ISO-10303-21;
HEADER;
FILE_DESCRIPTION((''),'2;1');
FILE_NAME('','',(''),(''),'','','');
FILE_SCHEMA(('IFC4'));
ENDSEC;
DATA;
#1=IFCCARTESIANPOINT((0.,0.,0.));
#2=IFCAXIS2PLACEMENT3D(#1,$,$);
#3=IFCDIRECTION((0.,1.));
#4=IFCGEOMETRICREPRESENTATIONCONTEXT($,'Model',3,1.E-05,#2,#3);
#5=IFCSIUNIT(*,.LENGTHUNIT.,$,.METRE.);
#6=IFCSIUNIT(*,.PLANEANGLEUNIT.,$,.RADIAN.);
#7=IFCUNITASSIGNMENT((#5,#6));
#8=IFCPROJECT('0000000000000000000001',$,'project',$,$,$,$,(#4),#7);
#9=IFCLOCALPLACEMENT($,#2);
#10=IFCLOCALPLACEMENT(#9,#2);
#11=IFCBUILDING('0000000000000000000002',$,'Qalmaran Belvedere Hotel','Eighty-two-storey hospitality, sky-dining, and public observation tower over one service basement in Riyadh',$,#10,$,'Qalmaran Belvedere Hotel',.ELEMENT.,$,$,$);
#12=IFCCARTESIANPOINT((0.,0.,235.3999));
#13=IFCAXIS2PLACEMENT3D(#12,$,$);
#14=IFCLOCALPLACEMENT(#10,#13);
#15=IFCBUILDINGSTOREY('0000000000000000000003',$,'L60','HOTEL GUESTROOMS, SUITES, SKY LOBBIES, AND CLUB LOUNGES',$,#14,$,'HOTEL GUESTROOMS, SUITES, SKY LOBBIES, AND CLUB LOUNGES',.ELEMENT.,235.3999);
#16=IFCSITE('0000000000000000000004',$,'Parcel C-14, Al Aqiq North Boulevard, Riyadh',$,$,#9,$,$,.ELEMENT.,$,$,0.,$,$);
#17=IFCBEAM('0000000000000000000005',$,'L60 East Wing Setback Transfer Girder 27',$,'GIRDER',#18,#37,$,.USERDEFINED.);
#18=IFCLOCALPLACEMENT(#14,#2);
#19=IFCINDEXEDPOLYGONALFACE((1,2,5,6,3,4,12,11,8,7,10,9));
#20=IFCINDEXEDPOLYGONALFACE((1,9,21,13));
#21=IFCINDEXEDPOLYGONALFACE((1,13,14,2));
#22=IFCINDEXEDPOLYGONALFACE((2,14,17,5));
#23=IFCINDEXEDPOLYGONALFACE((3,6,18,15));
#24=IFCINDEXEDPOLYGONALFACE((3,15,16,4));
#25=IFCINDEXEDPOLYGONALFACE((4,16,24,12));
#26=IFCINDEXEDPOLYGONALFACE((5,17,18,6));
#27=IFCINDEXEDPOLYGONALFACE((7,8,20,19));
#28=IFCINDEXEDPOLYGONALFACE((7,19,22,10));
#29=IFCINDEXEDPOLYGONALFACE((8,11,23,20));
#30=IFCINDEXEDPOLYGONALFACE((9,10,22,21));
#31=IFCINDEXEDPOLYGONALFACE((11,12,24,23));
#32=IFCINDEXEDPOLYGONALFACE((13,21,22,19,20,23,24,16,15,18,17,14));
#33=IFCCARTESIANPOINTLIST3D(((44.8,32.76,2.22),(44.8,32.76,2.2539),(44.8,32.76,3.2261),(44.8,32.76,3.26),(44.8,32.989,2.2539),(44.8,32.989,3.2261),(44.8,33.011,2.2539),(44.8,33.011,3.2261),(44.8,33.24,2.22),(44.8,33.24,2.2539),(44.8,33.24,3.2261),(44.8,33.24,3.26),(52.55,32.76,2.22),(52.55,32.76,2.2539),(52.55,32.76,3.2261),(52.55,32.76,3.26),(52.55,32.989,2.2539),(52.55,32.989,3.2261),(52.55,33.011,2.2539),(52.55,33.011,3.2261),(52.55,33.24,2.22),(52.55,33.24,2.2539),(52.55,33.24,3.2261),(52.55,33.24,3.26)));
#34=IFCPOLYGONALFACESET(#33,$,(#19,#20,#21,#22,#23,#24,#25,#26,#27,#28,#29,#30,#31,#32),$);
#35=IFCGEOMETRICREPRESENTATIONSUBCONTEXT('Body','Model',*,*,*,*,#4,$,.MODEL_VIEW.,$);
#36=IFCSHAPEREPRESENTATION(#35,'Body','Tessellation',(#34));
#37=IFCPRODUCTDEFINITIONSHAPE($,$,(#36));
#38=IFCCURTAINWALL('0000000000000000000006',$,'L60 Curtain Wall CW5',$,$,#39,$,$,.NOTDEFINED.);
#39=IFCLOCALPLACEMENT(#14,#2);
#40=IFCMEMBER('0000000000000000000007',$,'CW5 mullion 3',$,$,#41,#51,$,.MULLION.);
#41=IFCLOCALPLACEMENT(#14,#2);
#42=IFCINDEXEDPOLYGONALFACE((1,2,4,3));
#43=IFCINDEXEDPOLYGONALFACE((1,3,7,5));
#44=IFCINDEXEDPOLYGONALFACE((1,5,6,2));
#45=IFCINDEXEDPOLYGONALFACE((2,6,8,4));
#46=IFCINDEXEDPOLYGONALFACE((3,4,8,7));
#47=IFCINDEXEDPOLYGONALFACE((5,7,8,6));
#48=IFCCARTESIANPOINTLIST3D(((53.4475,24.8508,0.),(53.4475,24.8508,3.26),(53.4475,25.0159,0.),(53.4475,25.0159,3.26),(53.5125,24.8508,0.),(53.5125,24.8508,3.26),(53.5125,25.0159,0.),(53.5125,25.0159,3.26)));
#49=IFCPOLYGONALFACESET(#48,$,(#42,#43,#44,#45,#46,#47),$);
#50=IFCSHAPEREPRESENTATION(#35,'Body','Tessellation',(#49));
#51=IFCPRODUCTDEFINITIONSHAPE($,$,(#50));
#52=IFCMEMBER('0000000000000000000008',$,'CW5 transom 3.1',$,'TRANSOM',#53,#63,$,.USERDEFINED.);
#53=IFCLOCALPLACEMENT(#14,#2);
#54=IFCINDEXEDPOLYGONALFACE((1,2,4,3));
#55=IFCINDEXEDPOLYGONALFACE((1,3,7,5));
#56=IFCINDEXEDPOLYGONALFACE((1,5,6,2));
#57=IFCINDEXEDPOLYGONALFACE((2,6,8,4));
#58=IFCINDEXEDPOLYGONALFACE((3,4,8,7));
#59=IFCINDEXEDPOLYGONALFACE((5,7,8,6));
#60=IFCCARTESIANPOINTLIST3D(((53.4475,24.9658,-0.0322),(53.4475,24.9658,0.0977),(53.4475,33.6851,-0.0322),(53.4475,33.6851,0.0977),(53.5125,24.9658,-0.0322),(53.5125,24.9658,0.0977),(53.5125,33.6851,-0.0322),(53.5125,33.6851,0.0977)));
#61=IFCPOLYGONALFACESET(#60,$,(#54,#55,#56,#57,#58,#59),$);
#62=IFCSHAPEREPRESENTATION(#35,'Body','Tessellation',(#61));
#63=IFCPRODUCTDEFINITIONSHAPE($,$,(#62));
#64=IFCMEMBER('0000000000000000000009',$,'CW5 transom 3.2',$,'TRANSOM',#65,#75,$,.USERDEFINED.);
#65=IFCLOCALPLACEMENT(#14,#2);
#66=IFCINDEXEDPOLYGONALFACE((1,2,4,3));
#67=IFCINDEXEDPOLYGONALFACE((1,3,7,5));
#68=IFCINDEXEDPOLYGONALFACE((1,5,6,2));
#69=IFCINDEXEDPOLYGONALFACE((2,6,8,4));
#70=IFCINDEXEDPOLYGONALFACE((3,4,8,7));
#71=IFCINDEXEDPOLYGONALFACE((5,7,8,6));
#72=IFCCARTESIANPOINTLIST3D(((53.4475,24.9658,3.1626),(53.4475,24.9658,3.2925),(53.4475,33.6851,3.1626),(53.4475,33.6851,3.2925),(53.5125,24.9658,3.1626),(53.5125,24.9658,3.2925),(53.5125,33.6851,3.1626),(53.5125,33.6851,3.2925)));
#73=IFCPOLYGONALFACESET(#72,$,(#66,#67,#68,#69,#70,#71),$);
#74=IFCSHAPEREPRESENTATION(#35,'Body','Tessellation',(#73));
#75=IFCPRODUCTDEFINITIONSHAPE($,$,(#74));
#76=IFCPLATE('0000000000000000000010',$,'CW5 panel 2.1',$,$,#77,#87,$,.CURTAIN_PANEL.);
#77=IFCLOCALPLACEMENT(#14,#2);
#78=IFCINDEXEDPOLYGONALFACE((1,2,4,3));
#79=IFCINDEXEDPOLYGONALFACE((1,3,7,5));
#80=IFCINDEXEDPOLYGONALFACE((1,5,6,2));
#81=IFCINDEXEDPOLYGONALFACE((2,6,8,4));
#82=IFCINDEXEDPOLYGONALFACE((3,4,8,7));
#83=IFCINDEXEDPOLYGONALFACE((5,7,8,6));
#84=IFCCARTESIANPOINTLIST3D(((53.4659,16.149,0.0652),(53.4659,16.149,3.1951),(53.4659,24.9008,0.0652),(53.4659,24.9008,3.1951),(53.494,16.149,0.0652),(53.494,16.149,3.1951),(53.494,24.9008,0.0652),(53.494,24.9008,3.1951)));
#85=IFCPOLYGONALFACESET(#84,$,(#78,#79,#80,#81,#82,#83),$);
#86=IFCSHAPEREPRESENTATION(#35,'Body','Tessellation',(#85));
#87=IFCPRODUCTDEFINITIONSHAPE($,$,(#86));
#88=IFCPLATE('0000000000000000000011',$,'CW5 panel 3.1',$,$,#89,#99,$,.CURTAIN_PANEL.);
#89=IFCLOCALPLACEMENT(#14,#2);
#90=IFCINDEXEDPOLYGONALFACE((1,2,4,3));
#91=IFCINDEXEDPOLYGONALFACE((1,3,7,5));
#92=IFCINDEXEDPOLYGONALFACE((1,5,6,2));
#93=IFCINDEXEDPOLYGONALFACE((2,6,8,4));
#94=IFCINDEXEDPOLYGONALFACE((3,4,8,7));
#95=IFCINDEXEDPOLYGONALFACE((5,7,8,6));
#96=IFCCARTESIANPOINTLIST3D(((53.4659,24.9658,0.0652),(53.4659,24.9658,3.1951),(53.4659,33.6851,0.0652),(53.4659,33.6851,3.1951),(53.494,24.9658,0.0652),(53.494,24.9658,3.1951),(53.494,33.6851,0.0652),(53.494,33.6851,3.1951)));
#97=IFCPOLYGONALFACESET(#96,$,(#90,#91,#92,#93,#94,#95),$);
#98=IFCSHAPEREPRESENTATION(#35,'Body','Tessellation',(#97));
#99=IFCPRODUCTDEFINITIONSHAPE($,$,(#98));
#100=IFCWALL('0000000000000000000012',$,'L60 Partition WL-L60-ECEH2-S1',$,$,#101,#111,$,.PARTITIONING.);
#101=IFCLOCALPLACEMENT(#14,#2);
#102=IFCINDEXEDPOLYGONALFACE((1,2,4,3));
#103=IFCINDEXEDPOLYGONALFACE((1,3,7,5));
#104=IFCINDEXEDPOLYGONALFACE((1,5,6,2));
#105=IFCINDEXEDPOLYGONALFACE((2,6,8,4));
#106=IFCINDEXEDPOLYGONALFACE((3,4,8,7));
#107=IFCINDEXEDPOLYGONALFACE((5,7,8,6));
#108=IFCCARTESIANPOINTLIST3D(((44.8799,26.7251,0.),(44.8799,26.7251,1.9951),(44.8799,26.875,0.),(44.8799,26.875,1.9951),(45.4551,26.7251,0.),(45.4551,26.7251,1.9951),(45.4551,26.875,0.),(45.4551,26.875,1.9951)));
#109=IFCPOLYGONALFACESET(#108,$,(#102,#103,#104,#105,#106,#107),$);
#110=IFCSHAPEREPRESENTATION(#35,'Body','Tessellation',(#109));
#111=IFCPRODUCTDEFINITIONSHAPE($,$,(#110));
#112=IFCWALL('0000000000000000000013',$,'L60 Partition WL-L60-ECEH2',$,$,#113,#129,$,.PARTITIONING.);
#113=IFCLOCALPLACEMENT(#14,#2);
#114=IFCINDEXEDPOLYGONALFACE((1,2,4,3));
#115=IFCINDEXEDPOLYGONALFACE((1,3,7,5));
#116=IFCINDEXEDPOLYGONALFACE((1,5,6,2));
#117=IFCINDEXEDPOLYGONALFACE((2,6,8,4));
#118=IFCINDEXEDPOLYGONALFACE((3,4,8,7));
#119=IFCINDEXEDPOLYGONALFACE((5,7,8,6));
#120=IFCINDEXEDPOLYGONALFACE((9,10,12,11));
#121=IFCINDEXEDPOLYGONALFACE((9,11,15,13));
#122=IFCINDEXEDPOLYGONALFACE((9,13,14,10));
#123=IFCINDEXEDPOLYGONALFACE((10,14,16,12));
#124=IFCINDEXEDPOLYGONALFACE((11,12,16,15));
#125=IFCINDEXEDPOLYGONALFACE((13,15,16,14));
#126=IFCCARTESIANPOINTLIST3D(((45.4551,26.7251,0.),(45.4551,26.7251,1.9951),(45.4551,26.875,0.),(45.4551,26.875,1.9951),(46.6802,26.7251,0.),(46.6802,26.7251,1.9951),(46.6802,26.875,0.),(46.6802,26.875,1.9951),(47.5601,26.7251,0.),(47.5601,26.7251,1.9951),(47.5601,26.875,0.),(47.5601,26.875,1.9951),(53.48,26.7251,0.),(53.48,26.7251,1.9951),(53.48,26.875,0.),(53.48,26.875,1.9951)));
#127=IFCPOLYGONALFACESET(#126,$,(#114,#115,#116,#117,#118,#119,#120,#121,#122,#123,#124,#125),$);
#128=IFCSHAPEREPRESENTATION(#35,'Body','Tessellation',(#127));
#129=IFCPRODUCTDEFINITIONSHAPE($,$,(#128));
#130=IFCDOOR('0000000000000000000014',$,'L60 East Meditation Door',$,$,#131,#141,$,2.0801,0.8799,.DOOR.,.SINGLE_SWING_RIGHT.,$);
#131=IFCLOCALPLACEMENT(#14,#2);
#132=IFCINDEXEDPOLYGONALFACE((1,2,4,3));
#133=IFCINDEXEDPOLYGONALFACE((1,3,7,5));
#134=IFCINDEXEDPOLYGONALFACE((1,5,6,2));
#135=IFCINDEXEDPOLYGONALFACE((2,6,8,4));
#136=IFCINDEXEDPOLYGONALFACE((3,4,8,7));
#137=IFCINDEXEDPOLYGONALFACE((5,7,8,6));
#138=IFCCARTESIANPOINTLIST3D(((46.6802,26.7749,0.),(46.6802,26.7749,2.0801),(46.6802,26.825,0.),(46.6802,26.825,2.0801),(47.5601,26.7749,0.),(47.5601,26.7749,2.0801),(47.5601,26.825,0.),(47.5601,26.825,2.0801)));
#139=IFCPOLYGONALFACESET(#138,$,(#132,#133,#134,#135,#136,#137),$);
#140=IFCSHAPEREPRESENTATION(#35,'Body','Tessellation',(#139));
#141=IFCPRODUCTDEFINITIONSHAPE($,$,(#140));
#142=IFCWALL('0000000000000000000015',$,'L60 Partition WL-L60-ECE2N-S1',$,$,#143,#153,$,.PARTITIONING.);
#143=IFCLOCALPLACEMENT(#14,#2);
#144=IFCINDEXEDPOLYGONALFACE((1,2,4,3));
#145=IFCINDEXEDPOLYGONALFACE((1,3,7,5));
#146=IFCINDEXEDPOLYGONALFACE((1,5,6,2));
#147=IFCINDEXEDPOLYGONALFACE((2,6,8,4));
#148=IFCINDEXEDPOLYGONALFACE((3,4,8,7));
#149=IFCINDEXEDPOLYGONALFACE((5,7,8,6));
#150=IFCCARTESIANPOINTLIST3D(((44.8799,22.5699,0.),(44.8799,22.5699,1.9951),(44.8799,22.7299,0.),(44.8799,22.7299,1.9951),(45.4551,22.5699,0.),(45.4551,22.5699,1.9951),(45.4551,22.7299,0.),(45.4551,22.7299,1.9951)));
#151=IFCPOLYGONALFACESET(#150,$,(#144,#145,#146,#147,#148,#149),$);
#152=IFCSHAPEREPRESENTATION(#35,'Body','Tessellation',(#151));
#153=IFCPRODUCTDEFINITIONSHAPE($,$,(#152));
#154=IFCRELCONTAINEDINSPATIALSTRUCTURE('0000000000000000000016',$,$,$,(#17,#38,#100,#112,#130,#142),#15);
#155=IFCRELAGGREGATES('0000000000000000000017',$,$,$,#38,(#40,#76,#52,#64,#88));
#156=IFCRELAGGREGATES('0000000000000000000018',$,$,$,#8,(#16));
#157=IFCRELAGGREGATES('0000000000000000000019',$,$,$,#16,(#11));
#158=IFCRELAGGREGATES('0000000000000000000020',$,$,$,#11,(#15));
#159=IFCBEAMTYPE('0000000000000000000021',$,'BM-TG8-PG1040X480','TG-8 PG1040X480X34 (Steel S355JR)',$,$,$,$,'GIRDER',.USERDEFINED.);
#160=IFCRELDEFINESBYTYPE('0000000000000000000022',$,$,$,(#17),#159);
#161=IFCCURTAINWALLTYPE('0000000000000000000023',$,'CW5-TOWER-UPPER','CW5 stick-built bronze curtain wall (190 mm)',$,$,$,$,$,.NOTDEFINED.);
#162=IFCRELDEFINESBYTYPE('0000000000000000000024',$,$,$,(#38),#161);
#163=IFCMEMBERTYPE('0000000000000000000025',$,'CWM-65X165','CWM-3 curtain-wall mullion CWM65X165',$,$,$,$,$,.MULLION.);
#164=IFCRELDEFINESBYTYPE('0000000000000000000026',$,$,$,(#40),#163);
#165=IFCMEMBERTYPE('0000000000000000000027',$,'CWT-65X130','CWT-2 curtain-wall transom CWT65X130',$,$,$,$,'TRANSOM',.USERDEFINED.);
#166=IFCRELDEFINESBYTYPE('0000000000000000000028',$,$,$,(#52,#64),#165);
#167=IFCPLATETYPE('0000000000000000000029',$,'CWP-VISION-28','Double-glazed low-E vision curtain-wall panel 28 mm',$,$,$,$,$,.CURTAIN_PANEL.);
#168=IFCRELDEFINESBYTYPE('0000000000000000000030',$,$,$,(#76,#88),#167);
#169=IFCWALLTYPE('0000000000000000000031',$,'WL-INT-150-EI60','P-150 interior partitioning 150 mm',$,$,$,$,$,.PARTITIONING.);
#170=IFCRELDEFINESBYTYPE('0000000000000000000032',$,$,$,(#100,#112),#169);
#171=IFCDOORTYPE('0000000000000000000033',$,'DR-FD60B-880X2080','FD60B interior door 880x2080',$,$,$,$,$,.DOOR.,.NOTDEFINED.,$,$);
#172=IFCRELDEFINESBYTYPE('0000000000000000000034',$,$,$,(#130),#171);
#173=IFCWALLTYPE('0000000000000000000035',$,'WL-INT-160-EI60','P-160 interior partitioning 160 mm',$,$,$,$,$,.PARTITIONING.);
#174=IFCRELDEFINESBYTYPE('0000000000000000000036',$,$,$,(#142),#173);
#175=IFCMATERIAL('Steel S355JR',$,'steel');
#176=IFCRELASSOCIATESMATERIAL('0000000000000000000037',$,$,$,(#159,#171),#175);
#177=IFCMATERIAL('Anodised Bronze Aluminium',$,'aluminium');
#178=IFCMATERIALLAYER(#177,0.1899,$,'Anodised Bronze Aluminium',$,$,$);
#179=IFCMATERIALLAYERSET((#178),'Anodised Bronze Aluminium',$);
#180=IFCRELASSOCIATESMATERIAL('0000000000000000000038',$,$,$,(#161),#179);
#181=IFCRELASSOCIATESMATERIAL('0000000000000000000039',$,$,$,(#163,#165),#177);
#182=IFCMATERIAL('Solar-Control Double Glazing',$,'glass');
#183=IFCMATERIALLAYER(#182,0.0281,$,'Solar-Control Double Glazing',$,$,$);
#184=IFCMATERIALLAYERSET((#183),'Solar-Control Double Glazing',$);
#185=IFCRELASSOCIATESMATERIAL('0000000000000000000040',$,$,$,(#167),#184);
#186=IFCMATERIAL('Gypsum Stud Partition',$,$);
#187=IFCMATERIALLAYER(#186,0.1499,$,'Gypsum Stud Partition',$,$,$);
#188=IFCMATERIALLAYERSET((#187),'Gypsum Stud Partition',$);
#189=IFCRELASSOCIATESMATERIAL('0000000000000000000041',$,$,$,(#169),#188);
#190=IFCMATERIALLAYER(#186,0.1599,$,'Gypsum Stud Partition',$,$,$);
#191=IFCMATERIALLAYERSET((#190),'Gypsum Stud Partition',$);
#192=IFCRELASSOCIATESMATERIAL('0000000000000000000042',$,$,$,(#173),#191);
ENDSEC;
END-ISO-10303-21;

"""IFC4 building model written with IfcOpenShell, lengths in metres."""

from ifc_helpers import new_model, si_unit, direction, frame, frame_2d, origin, origin_2d, place, context, subcontext, project, spatial, rectangle, i_section, extrude, material, layer, layer_set, material_profile, profile_set, type_object, element, fill, aggregate, save


model = new_model("IFC4")

# Units and contexts
model_context = context("Model", 3, precision=1e-05, world=origin(), true_north=direction((0.0, 1.0)))
body_context = subcontext(model_context, "Body", "Model", "MODEL_VIEW")
ifc_project = project(units=[si_unit("LENGTHUNIT", "METRE"), si_unit("PLANEANGLEUNIT", "RADIAN")], contexts=[model_context])

# Site, building, storey
site_placement = place(None, origin())
site = spatial("IfcSite", under=ifc_project, at=site_placement, Name="Parcel C-14, Al Aqiq North Boulevard, Riyadh", CompositionType="ELEMENT", RefElevation=0.0)
building_placement = place(site_placement, origin())
building = spatial("IfcBuilding", under=site, at=building_placement, Name="Qalmaran Belvedere Hotel", Description="Eighty-two-storey hospitality, sky-dining, and public observation tower over one service basement in Riyadh", LongName="Qalmaran Belvedere Hotel", CompositionType="ELEMENT")
storey_placement = place(building_placement, frame((0.0, 0.0, 235.3999)))
storey = spatial("IfcBuildingStorey", under=building, at=storey_placement, Name="L60", Description="HOTEL GUESTROOMS, SUITES, SKY LOBBIES, AND CLUB LOUNGES", LongName="HOTEL GUESTROOMS, SUITES, SKY LOBBIES, AND CLUB LOUNGES", CompositionType="ELEMENT", Elevation=235.3999)

# Beam
ifc_material_1 = material(Name="Steel S355JR", Category="steel")
ifc_material_profile_1 = material_profile(ifc_material_1, i_section(OverallWidth=0.48, OverallDepth=1.04, WebThickness=0.022, FlangeThickness=0.0339, at=origin_2d()), Name="PG1040X480X34")
ifc_profile_set_1 = profile_set([ifc_material_profile_1], Name="Steel S355JR")
beam_type_1 = type_object("IfcBeamType", Name="BM-TG8-PG1040X480", Description="TG-8 PG1040X480X34 (Steel S355JR)", ElementType="GIRDER", PredefinedType="USERDEFINED", material=ifc_profile_set_1)
beam_1_placement = place(storey_placement, frame((44.8, 33.0, 2.74), z_axis=(1.0, 0.0, 0.0), x_axis=(0.0, 1.0, 0.0)))
element("IfcBeam", 1, at=beam_1_placement, inside=storey, type_object=beam_type_1, Name="L60 East Wing Setback Transfer Girder 27", ObjectType="GIRDER", PredefinedType="USERDEFINED", context=body_context, shape_type="SweptSolid", body=[
    extrude(i_section(OverallWidth=0.48, OverallDepth=1.04, WebThickness=0.022, FlangeThickness=0.0339, at=origin_2d()), origin(), (0.0, 0.0, 1.0), 7.75),
])

# Curtain wall, members, plates
ifc_material_2 = material(Name="Anodised Bronze Aluminium", Category="aluminium")
ifc_layer_1 = layer(ifc_material_2, 0.1899, Name="Anodised Bronze Aluminium")
ifc_layer_set_1 = layer_set([ifc_layer_1], Name="Anodised Bronze Aluminium")
curtain_wall_type = type_object("IfcCurtainWallType", Name="CW5-TOWER-UPPER", Description="CW5 stick-built bronze curtain wall (190 mm)", PredefinedType="NOTDEFINED", material=ifc_layer_set_1)
curtain_wall_placement = place(storey_placement, origin())
curtain_wall = element("IfcCurtainWall", 2, at=curtain_wall_placement, inside=storey, type_object=curtain_wall_type, Name="L60 Curtain Wall CW5", PredefinedType="NOTDEFINED")
ifc_material_profile_2 = material_profile(ifc_material_2, rectangle(XDim=0.0649, YDim=0.165, at=origin_2d()), Name="CWM65X165")
ifc_profile_set_2 = profile_set([ifc_material_profile_2], Name="Anodised Bronze Aluminium")
member_type_1 = type_object("IfcMemberType", Name="CWM-65X165", Description="CWM-3 curtain-wall mullion CWM65X165", PredefinedType="MULLION", material=ifc_profile_set_2)
member_1_placement = place(storey_placement, frame((53.48, 24.9333, 0.0), z_axis=(0.0, 0.0, 1.0), x_axis=(-1.0, 0.0, 0.0)))
member_1 = element("IfcMember", 3, at=member_1_placement, type_object=member_type_1, Name="CW5 mullion 3", PredefinedType="MULLION", context=body_context, shape_type="SweptSolid", body=[
    extrude(rectangle(XDim=0.0649, YDim=0.165, at=origin_2d()), origin(), (0.0, 0.0, 1.0), 3.26),
])
ifc_material_profile_3 = material_profile(ifc_material_2, rectangle(XDim=0.0649, YDim=0.1299, at=origin_2d()), Name="CWT65X130")
ifc_profile_set_3 = profile_set([ifc_material_profile_3], Name="Anodised Bronze Aluminium")
member_type_2 = type_object("IfcMemberType", Name="CWT-65X130", Description="CWT-2 curtain-wall transom CWT65X130", ElementType="TRANSOM", PredefinedType="USERDEFINED", material=ifc_profile_set_3)
member_2_placement = place(storey_placement, frame((53.48, 24.9658, 0.0327), z_axis=(0.0, 1.0, 0.0), x_axis=(-1.0, 0.0, 0.0)))
member_2 = element("IfcMember", 4, at=member_2_placement, type_object=member_type_2, Name="CW5 transom 3.1", ObjectType="TRANSOM", PredefinedType="USERDEFINED", context=body_context, shape_type="SweptSolid", body=[
    extrude(rectangle(XDim=0.0649, YDim=0.1299, at=origin_2d()), origin(), (0.0, 0.0, 1.0), 8.7192),
])
member_3_placement = place(storey_placement, frame((53.48, 24.9658, 3.2275), z_axis=(0.0, 1.0, 0.0), x_axis=(-1.0, 0.0, 0.0)))
member_3 = element("IfcMember", 5, at=member_3_placement, type_object=member_type_2, Name="CW5 transom 3.2", ObjectType="TRANSOM", PredefinedType="USERDEFINED", context=body_context, shape_type="SweptSolid", body=[
    extrude(rectangle(XDim=0.0649, YDim=0.1299, at=origin_2d()), origin(), (0.0, 0.0, 1.0), 8.7192),
])
ifc_material_3 = material(Name="Solar-Control Double Glazing", Category="glass")
ifc_layer_2 = layer(ifc_material_3, 0.0281, Name="Solar-Control Double Glazing")
ifc_layer_set_2 = layer_set([ifc_layer_2], Name="Solar-Control Double Glazing")
plate_type = type_object("IfcPlateType", Name="CWP-VISION-28", Description="Double-glazed low-E vision curtain-wall panel 28 mm", PredefinedType="CURTAIN_PANEL", material=ifc_layer_set_2)
plate_1_placement = place(storey_placement, frame((53.48, 20.5249, 0.0652), z_axis=(0.0, 0.0, 1.0), x_axis=(0.0, 1.0, 0.0)))
plate_1 = element("IfcPlate", 6, at=plate_1_placement, type_object=plate_type, Name="CW5 panel 2.1", PredefinedType="CURTAIN_PANEL", context=body_context, shape_type="SweptSolid", body=[
    extrude(rectangle(XDim=8.7517, YDim=0.0281, at=origin_2d()), origin(), (0.0, 0.0, 1.0), 3.1299),
])
plate_2_placement = place(storey_placement, frame((53.48, 29.3254, 0.0652), z_axis=(0.0, 0.0, 1.0), x_axis=(0.0, 1.0, 0.0)))
plate_2 = element("IfcPlate", 7, at=plate_2_placement, type_object=plate_type, Name="CW5 panel 3.1", PredefinedType="CURTAIN_PANEL", context=body_context, shape_type="SweptSolid", body=[
    extrude(rectangle(XDim=8.7192, YDim=0.0281, at=origin_2d()), origin(), (0.0, 0.0, 1.0), 3.1299),
])
aggregate(curtain_wall, [member_1, plate_1, member_2, member_3, plate_2])

# Wall
ifc_material_4 = material(Name="Gypsum Stud Partition")
ifc_layer_3 = layer(ifc_material_4, 0.1499, Name="Gypsum Stud Partition")
ifc_layer_set_3 = layer_set([ifc_layer_3], Name="Gypsum Stud Partition")
wall_type_1 = type_object("IfcWallType", Name="WL-INT-150-EI60", Description="P-150 interior partitioning 150 mm", PredefinedType="PARTITIONING", material=ifc_layer_set_3)
wall_1_placement = place(storey_placement, frame((44.8799, 26.8, 0.0), z_axis=(0.0, 0.0, 1.0), x_axis=(1.0, 0.0, 0.0)))
element("IfcWall", 8, at=wall_1_placement, inside=storey, type_object=wall_type_1, Name="L60 Partition WL-L60-ECEH2-S1", PredefinedType="PARTITIONING", context=body_context, shape_type="SweptSolid", body=[
    extrude(rectangle(XDim=0.5752, YDim=0.1499, at=frame_2d((0.2876, 0.0))), origin(), (0.0, 0.0, 1.0), 1.9951),
])

# Wall, opening, door
wall_2_placement = place(storey_placement, frame((45.4551, 26.8, 0.0), z_axis=(0.0, 0.0, 1.0), x_axis=(1.0, 0.0, 0.0)))
wall_2 = element("IfcWall", 9, at=wall_2_placement, inside=storey, type_object=wall_type_1, Name="L60 Partition WL-L60-ECEH2", PredefinedType="PARTITIONING", context=body_context, shape_type="SweptSolid", body=[
    extrude(rectangle(XDim=8.0249, YDim=0.1499, at=frame_2d((4.0125, 0.0))), origin(), (0.0, 0.0, 1.0), 1.9951),
])
opening_1_placement = place(wall_2_placement, frame((1.2251, 0.0, 0.0)))
opening_1 = element("IfcOpeningElement", 10, at=opening_1_placement, cuts=wall_2, PredefinedType="OPENING", context=body_context, shape_type="SweptSolid", body=[
    extrude(rectangle(XDim=0.8799, YDim=2.0801, at=frame_2d((0.4399, 1.04))), frame((0.0, 0.085, 0.0), z_axis=(0.0, -1.0, 0.0), x_axis=(1.0, 0.0, 0.0)), (0.0, 0.0, 1.0), 0.1699),
])
door_type = type_object("IfcDoorType", Name="DR-FD60B-880X2080", Description="FD60B interior door 880x2080", OperationType="NOTDEFINED", PredefinedType="DOOR", material=ifc_material_1)
door_1_placement = place(opening_1_placement, origin())
door_1 = element("IfcDoor", 11, at=door_1_placement, inside=storey, type_object=door_type, Name="L60 East Meditation Door", OperationType="SINGLE_SWING_RIGHT", OverallHeight=2.0801, OverallWidth=0.8799, PredefinedType="DOOR", context=body_context, shape_type="SweptSolid", body=[
    extrude(rectangle(XDim=0.8799, YDim=2.0801, at=frame_2d((0.4399, 1.04))), frame((0.0, 0.0249, 0.0), z_axis=(0.0, -1.0, 0.0), x_axis=(1.0, 0.0, 0.0)), (0.0, 0.0, 1.0), 0.05),
])
fill(opening_1, door_1)

# Wall
ifc_layer_4 = layer(ifc_material_4, 0.1599, Name="Gypsum Stud Partition")
ifc_layer_set_4 = layer_set([ifc_layer_4], Name="Gypsum Stud Partition")
wall_type_2 = type_object("IfcWallType", Name="WL-INT-160-EI60", Description="P-160 interior partitioning 160 mm", PredefinedType="PARTITIONING", material=ifc_layer_set_4)
wall_3_placement = place(storey_placement, frame((44.8799, 22.6499, 0.0), z_axis=(0.0, 0.0, 1.0), x_axis=(1.0, 0.0, 0.0)))
element("IfcWall", 12, at=wall_3_placement, inside=storey, type_object=wall_type_2, Name="L60 Partition WL-L60-ECE2N-S1", PredefinedType="PARTITIONING", context=body_context, shape_type="SweptSolid", body=[
    extrude(rectangle(XDim=0.5752, YDim=0.1599, at=frame_2d((0.2876, 0.0))), origin(), (0.0, 0.0, 1.0), 1.9951),
])

save(model, "model.ifc")
